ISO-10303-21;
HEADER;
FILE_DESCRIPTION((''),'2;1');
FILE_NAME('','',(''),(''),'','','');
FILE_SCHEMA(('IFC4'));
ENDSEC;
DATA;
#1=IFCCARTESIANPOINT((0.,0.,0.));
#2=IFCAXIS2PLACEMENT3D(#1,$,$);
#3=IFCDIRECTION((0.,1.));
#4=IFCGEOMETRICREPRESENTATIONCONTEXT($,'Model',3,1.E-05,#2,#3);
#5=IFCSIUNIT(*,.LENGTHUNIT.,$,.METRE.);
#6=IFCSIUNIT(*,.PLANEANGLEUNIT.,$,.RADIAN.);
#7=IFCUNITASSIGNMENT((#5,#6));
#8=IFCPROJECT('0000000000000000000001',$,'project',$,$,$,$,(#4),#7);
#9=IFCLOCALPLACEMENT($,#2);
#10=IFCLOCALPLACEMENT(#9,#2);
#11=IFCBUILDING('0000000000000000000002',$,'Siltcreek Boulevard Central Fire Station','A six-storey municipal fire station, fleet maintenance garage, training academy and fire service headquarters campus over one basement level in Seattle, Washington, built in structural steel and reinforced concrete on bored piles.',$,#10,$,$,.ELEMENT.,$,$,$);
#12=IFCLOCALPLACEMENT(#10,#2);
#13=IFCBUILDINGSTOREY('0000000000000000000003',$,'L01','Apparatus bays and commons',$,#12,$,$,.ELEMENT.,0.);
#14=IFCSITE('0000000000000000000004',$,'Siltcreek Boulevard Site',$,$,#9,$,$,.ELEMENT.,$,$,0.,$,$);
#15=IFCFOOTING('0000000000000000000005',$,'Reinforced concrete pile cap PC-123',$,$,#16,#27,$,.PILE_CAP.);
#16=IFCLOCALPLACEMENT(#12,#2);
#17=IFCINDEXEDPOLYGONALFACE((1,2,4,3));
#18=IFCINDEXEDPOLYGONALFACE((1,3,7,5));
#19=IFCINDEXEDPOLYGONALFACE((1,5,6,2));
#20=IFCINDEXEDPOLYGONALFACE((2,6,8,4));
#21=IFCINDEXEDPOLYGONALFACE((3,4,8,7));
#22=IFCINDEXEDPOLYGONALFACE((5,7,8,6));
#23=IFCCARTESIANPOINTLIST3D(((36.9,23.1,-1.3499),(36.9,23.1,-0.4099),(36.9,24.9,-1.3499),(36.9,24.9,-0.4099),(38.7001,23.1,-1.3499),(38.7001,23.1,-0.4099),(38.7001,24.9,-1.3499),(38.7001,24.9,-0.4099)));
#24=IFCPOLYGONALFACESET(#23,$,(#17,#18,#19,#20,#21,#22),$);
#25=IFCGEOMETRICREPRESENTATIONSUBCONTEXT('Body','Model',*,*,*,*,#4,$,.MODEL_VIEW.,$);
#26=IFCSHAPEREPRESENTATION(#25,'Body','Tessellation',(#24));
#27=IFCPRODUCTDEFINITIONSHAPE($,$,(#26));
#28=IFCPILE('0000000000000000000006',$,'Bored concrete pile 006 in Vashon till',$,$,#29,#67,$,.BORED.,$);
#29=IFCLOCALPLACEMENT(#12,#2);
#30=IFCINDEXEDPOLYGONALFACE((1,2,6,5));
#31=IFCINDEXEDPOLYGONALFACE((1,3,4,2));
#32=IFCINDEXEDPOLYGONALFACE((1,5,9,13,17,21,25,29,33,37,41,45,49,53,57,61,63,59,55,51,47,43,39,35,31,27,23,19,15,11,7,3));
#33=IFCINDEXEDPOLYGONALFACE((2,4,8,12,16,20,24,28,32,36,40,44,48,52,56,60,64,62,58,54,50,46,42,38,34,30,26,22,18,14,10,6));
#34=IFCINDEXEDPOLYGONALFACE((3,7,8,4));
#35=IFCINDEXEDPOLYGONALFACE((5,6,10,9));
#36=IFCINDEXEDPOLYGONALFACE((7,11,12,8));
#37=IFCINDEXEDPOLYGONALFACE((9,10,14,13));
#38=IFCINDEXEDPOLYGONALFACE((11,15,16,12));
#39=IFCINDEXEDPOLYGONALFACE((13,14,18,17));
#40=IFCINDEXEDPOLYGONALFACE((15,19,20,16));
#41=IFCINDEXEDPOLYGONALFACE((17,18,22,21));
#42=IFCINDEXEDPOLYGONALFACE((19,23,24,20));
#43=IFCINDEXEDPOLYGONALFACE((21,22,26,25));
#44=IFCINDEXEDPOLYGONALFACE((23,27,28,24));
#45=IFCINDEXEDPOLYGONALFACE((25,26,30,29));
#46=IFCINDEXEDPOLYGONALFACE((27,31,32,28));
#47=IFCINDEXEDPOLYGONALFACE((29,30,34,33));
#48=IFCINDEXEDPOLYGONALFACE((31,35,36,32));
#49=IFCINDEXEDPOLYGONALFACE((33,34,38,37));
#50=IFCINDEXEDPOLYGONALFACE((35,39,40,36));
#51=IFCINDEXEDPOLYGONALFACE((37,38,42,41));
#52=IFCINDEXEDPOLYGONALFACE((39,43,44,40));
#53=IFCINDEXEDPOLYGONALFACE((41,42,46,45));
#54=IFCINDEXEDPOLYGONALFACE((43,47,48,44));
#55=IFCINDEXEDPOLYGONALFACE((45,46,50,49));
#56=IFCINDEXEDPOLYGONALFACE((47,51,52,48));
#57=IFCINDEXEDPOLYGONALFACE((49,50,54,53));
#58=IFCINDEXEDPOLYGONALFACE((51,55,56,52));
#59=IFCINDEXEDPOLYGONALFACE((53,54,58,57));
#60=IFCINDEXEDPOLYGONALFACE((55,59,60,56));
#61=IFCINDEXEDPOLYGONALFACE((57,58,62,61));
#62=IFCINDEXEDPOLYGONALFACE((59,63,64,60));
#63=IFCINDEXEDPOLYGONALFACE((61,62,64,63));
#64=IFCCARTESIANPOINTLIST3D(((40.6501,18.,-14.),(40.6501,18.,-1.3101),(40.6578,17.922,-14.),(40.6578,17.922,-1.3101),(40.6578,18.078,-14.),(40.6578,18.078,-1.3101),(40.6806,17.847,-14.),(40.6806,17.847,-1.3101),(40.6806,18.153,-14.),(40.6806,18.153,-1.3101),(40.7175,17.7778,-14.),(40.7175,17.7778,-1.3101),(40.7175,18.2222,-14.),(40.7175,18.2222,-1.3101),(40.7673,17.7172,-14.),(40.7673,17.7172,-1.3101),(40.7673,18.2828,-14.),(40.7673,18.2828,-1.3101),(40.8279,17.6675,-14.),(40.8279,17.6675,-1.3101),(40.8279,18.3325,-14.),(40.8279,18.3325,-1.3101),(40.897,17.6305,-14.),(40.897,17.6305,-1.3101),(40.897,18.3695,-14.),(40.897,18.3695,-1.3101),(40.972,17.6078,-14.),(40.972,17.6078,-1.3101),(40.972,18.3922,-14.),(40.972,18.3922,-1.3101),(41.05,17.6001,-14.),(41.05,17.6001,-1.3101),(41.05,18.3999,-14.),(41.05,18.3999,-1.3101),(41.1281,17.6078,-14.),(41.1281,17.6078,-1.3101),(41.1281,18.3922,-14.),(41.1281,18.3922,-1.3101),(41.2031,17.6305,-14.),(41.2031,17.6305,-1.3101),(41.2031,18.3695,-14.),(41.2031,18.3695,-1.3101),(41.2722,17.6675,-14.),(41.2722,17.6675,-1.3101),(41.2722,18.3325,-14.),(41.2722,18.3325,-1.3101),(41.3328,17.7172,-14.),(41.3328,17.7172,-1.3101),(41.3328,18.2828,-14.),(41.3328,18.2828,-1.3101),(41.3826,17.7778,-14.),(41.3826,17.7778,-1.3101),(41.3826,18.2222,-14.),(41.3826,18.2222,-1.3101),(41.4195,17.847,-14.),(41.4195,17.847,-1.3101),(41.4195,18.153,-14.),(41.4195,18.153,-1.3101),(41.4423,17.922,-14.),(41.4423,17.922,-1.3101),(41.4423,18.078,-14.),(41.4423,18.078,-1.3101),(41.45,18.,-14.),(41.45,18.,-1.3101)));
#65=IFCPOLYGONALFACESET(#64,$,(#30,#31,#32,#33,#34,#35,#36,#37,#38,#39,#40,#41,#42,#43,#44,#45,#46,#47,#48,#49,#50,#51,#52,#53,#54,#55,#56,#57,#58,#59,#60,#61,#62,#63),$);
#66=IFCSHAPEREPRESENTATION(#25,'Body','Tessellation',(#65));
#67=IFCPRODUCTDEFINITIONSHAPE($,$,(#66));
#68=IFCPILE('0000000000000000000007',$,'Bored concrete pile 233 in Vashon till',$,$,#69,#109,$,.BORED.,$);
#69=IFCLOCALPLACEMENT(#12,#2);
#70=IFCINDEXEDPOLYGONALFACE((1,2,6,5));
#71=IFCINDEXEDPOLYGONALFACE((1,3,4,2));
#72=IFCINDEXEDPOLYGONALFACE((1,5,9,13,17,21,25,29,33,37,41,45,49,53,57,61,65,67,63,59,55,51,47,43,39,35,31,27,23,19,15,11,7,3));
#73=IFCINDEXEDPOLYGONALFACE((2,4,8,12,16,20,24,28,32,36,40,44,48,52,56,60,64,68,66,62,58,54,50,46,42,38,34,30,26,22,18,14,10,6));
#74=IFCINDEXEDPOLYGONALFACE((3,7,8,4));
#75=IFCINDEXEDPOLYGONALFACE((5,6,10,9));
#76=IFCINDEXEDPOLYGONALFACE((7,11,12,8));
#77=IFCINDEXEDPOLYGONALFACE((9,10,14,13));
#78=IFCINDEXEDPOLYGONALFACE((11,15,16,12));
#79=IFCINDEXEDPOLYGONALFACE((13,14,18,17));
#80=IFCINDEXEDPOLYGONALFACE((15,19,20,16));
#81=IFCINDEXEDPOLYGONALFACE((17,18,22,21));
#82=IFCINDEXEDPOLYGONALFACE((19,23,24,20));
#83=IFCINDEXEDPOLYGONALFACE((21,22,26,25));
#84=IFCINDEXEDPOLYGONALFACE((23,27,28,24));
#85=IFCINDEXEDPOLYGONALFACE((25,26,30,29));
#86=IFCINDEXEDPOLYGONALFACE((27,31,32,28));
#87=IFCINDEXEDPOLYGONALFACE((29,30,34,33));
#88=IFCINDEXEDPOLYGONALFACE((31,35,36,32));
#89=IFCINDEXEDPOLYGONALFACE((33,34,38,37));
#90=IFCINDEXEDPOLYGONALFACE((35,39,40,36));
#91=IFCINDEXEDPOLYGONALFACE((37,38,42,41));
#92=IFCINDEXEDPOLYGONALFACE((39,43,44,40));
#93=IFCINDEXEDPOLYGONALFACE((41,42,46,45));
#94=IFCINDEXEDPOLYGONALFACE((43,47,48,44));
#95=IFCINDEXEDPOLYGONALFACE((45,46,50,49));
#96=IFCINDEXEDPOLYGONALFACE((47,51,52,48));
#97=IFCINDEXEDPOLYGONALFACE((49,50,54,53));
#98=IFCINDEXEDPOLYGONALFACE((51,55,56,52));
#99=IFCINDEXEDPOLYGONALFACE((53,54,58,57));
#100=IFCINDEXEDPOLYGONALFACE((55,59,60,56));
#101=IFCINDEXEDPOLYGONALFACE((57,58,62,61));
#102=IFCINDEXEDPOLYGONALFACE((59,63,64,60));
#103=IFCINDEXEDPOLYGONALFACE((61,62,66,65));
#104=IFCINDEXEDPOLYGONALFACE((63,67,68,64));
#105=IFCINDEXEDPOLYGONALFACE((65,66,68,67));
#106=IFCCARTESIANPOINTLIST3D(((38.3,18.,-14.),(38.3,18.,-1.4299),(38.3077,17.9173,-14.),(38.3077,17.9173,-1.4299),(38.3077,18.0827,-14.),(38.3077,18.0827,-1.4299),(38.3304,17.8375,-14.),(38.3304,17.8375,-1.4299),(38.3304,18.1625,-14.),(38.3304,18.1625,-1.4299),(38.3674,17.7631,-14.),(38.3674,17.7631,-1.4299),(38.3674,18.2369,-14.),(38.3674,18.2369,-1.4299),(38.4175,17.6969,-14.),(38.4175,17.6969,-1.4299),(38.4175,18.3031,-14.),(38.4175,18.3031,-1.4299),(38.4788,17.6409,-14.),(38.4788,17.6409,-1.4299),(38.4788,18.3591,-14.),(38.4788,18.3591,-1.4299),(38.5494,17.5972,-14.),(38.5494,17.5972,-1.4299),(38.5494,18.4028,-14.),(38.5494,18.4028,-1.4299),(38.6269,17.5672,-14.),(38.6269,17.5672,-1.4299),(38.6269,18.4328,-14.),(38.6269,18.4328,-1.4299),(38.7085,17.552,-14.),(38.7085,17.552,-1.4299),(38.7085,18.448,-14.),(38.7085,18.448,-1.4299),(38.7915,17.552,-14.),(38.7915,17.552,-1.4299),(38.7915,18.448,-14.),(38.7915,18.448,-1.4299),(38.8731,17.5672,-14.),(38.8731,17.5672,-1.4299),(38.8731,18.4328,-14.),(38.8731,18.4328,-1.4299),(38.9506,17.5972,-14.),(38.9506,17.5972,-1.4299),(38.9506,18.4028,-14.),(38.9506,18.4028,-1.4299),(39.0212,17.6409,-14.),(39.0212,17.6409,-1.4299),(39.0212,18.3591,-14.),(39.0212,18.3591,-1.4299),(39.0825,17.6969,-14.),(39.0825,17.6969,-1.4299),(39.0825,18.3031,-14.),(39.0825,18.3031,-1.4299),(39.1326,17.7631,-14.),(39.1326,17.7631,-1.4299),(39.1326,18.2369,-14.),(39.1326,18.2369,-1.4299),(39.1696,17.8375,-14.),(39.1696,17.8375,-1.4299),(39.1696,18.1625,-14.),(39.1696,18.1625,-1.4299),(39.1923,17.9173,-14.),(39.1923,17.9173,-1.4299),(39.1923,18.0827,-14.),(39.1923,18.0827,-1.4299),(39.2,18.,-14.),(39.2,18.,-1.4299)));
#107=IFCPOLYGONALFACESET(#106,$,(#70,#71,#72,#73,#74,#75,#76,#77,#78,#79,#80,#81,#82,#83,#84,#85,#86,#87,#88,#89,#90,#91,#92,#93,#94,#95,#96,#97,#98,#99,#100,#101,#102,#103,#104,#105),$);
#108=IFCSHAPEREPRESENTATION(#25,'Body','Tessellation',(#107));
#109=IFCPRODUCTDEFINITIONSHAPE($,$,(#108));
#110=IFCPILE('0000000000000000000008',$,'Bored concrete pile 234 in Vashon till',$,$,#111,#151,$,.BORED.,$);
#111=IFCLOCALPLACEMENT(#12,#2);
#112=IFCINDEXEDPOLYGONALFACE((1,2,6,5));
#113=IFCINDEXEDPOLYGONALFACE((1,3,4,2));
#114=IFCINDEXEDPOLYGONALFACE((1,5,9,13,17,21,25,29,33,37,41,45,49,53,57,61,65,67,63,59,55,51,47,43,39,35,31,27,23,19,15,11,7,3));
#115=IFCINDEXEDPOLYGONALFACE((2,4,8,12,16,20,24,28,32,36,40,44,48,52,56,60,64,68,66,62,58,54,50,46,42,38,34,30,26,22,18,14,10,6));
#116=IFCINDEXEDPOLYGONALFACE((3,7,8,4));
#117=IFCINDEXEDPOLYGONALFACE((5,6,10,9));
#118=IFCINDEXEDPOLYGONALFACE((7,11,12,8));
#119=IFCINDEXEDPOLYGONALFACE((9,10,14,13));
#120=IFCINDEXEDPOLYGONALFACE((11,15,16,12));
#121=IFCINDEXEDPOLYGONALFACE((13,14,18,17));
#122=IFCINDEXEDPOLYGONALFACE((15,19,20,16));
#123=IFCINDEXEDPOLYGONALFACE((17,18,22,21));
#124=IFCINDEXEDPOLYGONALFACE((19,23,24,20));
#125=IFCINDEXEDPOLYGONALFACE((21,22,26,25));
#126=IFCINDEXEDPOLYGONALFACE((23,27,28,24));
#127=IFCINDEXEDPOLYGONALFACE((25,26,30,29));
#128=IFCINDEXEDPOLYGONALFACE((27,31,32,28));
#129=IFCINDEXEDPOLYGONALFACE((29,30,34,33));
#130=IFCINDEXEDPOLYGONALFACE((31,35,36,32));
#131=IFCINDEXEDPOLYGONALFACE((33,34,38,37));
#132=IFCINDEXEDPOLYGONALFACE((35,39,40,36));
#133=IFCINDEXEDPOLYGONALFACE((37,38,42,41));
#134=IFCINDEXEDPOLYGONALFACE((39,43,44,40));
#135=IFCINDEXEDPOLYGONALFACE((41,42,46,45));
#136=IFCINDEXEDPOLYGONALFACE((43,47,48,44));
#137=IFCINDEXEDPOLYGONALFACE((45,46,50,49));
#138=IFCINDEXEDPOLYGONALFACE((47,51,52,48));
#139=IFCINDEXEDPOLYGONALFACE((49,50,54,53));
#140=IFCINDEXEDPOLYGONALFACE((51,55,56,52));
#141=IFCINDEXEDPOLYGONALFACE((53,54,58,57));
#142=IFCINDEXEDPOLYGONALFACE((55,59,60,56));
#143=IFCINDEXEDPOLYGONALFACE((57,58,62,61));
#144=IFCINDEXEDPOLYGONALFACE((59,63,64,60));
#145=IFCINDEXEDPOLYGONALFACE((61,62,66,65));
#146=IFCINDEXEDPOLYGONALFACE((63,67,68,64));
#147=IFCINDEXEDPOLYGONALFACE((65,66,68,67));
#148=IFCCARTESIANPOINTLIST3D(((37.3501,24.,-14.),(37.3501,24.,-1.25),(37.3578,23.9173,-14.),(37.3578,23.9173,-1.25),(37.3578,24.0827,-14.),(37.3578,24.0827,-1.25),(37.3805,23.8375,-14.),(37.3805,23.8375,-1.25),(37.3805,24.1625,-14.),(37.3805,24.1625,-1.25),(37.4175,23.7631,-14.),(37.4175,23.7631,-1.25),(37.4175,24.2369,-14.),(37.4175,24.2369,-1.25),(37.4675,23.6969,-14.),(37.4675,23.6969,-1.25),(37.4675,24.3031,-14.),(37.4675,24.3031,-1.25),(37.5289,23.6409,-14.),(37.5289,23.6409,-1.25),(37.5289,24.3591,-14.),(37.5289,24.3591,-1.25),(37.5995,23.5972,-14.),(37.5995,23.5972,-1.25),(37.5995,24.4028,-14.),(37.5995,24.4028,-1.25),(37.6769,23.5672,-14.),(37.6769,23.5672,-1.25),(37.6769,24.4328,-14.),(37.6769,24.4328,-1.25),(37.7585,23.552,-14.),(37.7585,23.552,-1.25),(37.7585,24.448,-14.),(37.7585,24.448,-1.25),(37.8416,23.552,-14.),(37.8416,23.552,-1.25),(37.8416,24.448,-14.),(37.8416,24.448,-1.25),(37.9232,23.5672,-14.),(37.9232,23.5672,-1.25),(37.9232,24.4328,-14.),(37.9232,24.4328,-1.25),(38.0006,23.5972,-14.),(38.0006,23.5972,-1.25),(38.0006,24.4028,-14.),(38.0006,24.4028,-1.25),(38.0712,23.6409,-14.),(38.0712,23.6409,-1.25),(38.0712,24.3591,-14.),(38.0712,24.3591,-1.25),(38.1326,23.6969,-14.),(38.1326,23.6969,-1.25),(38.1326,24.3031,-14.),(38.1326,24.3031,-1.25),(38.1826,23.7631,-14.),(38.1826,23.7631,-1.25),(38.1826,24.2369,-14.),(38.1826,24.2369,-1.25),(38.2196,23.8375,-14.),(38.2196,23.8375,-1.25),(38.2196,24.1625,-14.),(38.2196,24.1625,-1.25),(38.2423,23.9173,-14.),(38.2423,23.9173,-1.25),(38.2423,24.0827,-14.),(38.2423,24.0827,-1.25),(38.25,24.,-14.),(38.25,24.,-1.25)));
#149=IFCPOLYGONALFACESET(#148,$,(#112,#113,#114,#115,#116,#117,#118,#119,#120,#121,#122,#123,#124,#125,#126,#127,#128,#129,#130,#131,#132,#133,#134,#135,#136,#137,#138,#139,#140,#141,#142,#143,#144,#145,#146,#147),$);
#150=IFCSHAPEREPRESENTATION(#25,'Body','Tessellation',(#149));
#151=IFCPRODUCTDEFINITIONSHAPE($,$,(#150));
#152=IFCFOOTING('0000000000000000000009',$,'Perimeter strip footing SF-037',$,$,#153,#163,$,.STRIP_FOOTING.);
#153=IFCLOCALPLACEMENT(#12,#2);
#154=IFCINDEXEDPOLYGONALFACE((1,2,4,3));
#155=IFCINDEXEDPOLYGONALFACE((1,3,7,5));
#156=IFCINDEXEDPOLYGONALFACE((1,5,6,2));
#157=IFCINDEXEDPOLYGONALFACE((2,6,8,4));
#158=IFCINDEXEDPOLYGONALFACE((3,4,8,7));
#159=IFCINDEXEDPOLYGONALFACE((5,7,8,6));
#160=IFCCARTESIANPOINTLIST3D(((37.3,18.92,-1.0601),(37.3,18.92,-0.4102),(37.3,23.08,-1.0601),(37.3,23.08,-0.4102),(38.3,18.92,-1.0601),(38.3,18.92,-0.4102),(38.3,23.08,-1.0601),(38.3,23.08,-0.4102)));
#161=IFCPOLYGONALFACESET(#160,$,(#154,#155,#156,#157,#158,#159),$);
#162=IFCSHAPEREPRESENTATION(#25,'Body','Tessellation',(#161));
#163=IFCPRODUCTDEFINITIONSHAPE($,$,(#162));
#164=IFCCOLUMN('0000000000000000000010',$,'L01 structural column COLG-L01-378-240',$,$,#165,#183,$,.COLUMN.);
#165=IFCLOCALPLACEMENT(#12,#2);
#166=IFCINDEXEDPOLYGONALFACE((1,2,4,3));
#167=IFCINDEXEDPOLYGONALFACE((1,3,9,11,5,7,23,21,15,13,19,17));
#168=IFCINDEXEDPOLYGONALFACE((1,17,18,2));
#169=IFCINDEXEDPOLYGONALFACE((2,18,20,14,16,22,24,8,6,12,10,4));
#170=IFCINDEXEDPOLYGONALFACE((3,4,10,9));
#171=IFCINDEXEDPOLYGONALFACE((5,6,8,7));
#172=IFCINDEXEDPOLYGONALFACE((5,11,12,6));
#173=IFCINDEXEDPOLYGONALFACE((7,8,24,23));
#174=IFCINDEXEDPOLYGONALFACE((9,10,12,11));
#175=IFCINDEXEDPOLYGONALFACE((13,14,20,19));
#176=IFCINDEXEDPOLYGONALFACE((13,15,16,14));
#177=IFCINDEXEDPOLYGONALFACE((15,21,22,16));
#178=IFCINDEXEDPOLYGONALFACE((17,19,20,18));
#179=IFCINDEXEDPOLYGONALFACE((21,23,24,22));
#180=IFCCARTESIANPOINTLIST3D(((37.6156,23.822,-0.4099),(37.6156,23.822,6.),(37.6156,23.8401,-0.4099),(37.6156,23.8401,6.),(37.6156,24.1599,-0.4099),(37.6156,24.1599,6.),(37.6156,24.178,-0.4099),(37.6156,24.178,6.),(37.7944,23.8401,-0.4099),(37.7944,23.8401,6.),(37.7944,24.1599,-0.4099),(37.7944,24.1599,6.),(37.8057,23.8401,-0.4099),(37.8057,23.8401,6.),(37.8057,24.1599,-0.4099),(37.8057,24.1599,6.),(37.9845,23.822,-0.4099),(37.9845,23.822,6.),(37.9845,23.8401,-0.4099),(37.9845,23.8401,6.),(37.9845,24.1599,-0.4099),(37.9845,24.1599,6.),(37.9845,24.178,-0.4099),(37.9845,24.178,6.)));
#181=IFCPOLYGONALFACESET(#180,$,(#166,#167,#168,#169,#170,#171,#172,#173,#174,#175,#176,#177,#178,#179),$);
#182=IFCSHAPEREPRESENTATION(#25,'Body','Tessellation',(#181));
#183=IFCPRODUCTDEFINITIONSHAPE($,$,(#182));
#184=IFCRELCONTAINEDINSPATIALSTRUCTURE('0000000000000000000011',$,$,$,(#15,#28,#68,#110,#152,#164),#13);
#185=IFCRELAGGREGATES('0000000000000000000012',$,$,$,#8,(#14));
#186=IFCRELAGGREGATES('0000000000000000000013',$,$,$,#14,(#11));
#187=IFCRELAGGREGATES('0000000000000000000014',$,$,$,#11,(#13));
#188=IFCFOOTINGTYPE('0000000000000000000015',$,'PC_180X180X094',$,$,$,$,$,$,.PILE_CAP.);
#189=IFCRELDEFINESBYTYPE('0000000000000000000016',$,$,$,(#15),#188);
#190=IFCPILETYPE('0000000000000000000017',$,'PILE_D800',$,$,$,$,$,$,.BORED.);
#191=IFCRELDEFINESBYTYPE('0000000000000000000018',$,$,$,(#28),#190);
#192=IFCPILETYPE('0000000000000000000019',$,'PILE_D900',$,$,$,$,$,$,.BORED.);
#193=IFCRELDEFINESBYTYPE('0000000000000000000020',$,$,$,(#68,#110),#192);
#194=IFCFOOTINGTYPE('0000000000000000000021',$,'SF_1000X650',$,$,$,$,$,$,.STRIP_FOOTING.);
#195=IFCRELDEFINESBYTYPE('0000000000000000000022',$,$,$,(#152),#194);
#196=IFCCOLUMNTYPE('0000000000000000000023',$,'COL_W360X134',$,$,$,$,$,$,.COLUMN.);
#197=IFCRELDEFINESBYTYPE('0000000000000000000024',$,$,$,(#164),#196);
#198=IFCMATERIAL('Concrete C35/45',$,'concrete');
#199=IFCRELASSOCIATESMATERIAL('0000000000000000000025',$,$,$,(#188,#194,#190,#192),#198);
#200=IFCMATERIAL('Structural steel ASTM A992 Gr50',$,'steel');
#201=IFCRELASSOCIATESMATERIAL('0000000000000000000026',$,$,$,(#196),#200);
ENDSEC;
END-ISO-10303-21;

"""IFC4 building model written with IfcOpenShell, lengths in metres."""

from ifc_helpers import new_model, si_unit, direction, frame, origin, origin_2d, place, context, subcontext, project, spatial, rectangle, circle, i_section, extrude, material, material_profile, profile_set, type_object, element, save


model = new_model("IFC4")

# Units and contexts
model_context = context("Model", 3, precision=1e-05, world=origin(), true_north=direction((0.0, 1.0)))
body_context = subcontext(model_context, "Body", "Model", "MODEL_VIEW")
ifc_project = project(units=[si_unit("LENGTHUNIT", "METRE"), si_unit("PLANEANGLEUNIT", "RADIAN")], contexts=[model_context])

# Site, building, storey
site_placement = place(None, origin())
site = spatial("IfcSite", under=ifc_project, at=site_placement, Name="Siltcreek Boulevard Site", CompositionType="ELEMENT", RefElevation=0.0)
building_placement = place(site_placement, origin())
building = spatial("IfcBuilding", under=site, at=building_placement, Name="Siltcreek Boulevard Central Fire Station", Description="A six-storey municipal fire station, fleet maintenance garage, training academy and fire service headquarters campus over one basement level in Seattle, Washington, built in structural steel and reinforced concrete on bored piles.", CompositionType="ELEMENT")
storey_placement = place(building_placement, origin())
storey = spatial("IfcBuildingStorey", under=building, at=storey_placement, Name="L01", Description="Apparatus bays and commons", CompositionType="ELEMENT", Elevation=0.0)

# Footing
ifc_material_1 = material(Name="Concrete C35/45", Category="concrete")
footing_type_1 = type_object("IfcFootingType", Name="PC_180X180X094", PredefinedType="PILE_CAP", material=ifc_material_1)
footing_1_placement = place(storey_placement, frame((37.8, 24.0, -1.3499), z_axis=(0.0, 0.0, 1.0), x_axis=(1.0, 0.0, 0.0)))
element("IfcFooting", 1, at=footing_1_placement, inside=storey, type_object=footing_type_1, Name="Reinforced concrete pile cap PC-123", PredefinedType="PILE_CAP", context=body_context, shape_type="SweptSolid", body=[
    extrude(rectangle(XDim=1.8, YDim=1.8, at=origin_2d()), origin(), (0.0, 0.0, 1.0), 0.9399),
])

# Piles
ifc_material_profile_1 = material_profile(ifc_material_1, circle(Radius=0.3999, at=origin_2d()), Name="SHAFT800")
ifc_profile_set_1 = profile_set([ifc_material_profile_1], Name="Concrete C35/45")
pile_type_1 = type_object("IfcPileType", Name="PILE_D800", PredefinedType="BORED", material=ifc_profile_set_1)
pile_1_placement = place(storey_placement, frame((41.05, 18.0, -1.3101), z_axis=(0.0, 0.0, -1.0), x_axis=(1.0, 0.0, 0.0)))
element("IfcPile", 2, at=pile_1_placement, inside=storey, type_object=pile_type_1, Name="Bored concrete pile 006 in Vashon till", PredefinedType="BORED", context=body_context, shape_type="SweptSolid", body=[
    extrude(circle(Radius=0.3999, at=origin_2d()), origin(), (0.0, 0.0, 1.0), 12.6899),
])
ifc_material_profile_2 = material_profile(ifc_material_1, circle(Radius=0.45, at=origin_2d()), Name="SHAFT900")
ifc_profile_set_2 = profile_set([ifc_material_profile_2], Name="Concrete C35/45")
pile_type_2 = type_object("IfcPileType", Name="PILE_D900", PredefinedType="BORED", material=ifc_profile_set_2)
pile_2_placement = place(storey_placement, frame((38.75, 18.0, -1.4299), z_axis=(0.0, 0.0, -1.0), x_axis=(1.0, 0.0, 0.0)))
element("IfcPile", 3, at=pile_2_placement, inside=storey, type_object=pile_type_2, Name="Bored concrete pile 233 in Vashon till", PredefinedType="BORED", context=body_context, shape_type="SweptSolid", body=[
    extrude(circle(Radius=0.45, at=origin_2d()), origin(), (0.0, 0.0, 1.0), 12.5701),
])
pile_3_placement = place(storey_placement, frame((37.8, 24.0, -1.25), z_axis=(0.0, 0.0, -1.0), x_axis=(1.0, 0.0, 0.0)))
element("IfcPile", 4, at=pile_3_placement, inside=storey, type_object=pile_type_2, Name="Bored concrete pile 234 in Vashon till", PredefinedType="BORED", context=body_context, shape_type="SweptSolid", body=[
    extrude(circle(Radius=0.45, at=origin_2d()), origin(), (0.0, 0.0, 1.0), 12.75),
])

# Footing
footing_type_2 = type_object("IfcFootingType", Name="SF_1000X650", PredefinedType="STRIP_FOOTING", material=ifc_material_1)
footing_2_placement = place(storey_placement, frame((37.8, 21.0, -1.0601), z_axis=(0.0, 0.0, 1.0), x_axis=(1.0, 0.0, 0.0)))
element("IfcFooting", 5, at=footing_2_placement, inside=storey, type_object=footing_type_2, Name="Perimeter strip footing SF-037", PredefinedType="STRIP_FOOTING", context=body_context, shape_type="SweptSolid", body=[
    extrude(rectangle(XDim=1.0, YDim=4.1599, at=origin_2d()), origin(), (0.0, 0.0, 1.0), 0.6499),
])

# Column
ifc_material_2 = material(Name="Structural steel ASTM A992 Gr50", Category="steel")
ifc_material_profile_3 = material_profile(ifc_material_2, i_section(OverallWidth=0.3689, OverallDepth=0.356, WebThickness=0.0112, FlangeThickness=0.0181, at=origin_2d()), Name="W360X134")
ifc_profile_set_3 = profile_set([ifc_material_profile_3], Name="Structural steel ASTM A992 Gr50")
column_type = type_object("IfcColumnType", Name="COL_W360X134", PredefinedType="COLUMN", material=ifc_profile_set_3)
column_placement = place(storey_placement, frame((37.8, 24.0, -0.4099), z_axis=(0.0, 0.0, 1.0), x_axis=(1.0, 0.0, 0.0)))
element("IfcColumn", 6, at=column_placement, inside=storey, type_object=column_type, Name="L01 structural column COLG-L01-378-240", PredefinedType="COLUMN", context=body_context, shape_type="SweptSolid", body=[
    extrude(i_section(OverallWidth=0.3689, OverallDepth=0.356, WebThickness=0.0112, FlangeThickness=0.0181, at=origin_2d()), origin(), (0.0, 0.0, 1.0), 6.4099),
])

save(model, "model.ifc")
